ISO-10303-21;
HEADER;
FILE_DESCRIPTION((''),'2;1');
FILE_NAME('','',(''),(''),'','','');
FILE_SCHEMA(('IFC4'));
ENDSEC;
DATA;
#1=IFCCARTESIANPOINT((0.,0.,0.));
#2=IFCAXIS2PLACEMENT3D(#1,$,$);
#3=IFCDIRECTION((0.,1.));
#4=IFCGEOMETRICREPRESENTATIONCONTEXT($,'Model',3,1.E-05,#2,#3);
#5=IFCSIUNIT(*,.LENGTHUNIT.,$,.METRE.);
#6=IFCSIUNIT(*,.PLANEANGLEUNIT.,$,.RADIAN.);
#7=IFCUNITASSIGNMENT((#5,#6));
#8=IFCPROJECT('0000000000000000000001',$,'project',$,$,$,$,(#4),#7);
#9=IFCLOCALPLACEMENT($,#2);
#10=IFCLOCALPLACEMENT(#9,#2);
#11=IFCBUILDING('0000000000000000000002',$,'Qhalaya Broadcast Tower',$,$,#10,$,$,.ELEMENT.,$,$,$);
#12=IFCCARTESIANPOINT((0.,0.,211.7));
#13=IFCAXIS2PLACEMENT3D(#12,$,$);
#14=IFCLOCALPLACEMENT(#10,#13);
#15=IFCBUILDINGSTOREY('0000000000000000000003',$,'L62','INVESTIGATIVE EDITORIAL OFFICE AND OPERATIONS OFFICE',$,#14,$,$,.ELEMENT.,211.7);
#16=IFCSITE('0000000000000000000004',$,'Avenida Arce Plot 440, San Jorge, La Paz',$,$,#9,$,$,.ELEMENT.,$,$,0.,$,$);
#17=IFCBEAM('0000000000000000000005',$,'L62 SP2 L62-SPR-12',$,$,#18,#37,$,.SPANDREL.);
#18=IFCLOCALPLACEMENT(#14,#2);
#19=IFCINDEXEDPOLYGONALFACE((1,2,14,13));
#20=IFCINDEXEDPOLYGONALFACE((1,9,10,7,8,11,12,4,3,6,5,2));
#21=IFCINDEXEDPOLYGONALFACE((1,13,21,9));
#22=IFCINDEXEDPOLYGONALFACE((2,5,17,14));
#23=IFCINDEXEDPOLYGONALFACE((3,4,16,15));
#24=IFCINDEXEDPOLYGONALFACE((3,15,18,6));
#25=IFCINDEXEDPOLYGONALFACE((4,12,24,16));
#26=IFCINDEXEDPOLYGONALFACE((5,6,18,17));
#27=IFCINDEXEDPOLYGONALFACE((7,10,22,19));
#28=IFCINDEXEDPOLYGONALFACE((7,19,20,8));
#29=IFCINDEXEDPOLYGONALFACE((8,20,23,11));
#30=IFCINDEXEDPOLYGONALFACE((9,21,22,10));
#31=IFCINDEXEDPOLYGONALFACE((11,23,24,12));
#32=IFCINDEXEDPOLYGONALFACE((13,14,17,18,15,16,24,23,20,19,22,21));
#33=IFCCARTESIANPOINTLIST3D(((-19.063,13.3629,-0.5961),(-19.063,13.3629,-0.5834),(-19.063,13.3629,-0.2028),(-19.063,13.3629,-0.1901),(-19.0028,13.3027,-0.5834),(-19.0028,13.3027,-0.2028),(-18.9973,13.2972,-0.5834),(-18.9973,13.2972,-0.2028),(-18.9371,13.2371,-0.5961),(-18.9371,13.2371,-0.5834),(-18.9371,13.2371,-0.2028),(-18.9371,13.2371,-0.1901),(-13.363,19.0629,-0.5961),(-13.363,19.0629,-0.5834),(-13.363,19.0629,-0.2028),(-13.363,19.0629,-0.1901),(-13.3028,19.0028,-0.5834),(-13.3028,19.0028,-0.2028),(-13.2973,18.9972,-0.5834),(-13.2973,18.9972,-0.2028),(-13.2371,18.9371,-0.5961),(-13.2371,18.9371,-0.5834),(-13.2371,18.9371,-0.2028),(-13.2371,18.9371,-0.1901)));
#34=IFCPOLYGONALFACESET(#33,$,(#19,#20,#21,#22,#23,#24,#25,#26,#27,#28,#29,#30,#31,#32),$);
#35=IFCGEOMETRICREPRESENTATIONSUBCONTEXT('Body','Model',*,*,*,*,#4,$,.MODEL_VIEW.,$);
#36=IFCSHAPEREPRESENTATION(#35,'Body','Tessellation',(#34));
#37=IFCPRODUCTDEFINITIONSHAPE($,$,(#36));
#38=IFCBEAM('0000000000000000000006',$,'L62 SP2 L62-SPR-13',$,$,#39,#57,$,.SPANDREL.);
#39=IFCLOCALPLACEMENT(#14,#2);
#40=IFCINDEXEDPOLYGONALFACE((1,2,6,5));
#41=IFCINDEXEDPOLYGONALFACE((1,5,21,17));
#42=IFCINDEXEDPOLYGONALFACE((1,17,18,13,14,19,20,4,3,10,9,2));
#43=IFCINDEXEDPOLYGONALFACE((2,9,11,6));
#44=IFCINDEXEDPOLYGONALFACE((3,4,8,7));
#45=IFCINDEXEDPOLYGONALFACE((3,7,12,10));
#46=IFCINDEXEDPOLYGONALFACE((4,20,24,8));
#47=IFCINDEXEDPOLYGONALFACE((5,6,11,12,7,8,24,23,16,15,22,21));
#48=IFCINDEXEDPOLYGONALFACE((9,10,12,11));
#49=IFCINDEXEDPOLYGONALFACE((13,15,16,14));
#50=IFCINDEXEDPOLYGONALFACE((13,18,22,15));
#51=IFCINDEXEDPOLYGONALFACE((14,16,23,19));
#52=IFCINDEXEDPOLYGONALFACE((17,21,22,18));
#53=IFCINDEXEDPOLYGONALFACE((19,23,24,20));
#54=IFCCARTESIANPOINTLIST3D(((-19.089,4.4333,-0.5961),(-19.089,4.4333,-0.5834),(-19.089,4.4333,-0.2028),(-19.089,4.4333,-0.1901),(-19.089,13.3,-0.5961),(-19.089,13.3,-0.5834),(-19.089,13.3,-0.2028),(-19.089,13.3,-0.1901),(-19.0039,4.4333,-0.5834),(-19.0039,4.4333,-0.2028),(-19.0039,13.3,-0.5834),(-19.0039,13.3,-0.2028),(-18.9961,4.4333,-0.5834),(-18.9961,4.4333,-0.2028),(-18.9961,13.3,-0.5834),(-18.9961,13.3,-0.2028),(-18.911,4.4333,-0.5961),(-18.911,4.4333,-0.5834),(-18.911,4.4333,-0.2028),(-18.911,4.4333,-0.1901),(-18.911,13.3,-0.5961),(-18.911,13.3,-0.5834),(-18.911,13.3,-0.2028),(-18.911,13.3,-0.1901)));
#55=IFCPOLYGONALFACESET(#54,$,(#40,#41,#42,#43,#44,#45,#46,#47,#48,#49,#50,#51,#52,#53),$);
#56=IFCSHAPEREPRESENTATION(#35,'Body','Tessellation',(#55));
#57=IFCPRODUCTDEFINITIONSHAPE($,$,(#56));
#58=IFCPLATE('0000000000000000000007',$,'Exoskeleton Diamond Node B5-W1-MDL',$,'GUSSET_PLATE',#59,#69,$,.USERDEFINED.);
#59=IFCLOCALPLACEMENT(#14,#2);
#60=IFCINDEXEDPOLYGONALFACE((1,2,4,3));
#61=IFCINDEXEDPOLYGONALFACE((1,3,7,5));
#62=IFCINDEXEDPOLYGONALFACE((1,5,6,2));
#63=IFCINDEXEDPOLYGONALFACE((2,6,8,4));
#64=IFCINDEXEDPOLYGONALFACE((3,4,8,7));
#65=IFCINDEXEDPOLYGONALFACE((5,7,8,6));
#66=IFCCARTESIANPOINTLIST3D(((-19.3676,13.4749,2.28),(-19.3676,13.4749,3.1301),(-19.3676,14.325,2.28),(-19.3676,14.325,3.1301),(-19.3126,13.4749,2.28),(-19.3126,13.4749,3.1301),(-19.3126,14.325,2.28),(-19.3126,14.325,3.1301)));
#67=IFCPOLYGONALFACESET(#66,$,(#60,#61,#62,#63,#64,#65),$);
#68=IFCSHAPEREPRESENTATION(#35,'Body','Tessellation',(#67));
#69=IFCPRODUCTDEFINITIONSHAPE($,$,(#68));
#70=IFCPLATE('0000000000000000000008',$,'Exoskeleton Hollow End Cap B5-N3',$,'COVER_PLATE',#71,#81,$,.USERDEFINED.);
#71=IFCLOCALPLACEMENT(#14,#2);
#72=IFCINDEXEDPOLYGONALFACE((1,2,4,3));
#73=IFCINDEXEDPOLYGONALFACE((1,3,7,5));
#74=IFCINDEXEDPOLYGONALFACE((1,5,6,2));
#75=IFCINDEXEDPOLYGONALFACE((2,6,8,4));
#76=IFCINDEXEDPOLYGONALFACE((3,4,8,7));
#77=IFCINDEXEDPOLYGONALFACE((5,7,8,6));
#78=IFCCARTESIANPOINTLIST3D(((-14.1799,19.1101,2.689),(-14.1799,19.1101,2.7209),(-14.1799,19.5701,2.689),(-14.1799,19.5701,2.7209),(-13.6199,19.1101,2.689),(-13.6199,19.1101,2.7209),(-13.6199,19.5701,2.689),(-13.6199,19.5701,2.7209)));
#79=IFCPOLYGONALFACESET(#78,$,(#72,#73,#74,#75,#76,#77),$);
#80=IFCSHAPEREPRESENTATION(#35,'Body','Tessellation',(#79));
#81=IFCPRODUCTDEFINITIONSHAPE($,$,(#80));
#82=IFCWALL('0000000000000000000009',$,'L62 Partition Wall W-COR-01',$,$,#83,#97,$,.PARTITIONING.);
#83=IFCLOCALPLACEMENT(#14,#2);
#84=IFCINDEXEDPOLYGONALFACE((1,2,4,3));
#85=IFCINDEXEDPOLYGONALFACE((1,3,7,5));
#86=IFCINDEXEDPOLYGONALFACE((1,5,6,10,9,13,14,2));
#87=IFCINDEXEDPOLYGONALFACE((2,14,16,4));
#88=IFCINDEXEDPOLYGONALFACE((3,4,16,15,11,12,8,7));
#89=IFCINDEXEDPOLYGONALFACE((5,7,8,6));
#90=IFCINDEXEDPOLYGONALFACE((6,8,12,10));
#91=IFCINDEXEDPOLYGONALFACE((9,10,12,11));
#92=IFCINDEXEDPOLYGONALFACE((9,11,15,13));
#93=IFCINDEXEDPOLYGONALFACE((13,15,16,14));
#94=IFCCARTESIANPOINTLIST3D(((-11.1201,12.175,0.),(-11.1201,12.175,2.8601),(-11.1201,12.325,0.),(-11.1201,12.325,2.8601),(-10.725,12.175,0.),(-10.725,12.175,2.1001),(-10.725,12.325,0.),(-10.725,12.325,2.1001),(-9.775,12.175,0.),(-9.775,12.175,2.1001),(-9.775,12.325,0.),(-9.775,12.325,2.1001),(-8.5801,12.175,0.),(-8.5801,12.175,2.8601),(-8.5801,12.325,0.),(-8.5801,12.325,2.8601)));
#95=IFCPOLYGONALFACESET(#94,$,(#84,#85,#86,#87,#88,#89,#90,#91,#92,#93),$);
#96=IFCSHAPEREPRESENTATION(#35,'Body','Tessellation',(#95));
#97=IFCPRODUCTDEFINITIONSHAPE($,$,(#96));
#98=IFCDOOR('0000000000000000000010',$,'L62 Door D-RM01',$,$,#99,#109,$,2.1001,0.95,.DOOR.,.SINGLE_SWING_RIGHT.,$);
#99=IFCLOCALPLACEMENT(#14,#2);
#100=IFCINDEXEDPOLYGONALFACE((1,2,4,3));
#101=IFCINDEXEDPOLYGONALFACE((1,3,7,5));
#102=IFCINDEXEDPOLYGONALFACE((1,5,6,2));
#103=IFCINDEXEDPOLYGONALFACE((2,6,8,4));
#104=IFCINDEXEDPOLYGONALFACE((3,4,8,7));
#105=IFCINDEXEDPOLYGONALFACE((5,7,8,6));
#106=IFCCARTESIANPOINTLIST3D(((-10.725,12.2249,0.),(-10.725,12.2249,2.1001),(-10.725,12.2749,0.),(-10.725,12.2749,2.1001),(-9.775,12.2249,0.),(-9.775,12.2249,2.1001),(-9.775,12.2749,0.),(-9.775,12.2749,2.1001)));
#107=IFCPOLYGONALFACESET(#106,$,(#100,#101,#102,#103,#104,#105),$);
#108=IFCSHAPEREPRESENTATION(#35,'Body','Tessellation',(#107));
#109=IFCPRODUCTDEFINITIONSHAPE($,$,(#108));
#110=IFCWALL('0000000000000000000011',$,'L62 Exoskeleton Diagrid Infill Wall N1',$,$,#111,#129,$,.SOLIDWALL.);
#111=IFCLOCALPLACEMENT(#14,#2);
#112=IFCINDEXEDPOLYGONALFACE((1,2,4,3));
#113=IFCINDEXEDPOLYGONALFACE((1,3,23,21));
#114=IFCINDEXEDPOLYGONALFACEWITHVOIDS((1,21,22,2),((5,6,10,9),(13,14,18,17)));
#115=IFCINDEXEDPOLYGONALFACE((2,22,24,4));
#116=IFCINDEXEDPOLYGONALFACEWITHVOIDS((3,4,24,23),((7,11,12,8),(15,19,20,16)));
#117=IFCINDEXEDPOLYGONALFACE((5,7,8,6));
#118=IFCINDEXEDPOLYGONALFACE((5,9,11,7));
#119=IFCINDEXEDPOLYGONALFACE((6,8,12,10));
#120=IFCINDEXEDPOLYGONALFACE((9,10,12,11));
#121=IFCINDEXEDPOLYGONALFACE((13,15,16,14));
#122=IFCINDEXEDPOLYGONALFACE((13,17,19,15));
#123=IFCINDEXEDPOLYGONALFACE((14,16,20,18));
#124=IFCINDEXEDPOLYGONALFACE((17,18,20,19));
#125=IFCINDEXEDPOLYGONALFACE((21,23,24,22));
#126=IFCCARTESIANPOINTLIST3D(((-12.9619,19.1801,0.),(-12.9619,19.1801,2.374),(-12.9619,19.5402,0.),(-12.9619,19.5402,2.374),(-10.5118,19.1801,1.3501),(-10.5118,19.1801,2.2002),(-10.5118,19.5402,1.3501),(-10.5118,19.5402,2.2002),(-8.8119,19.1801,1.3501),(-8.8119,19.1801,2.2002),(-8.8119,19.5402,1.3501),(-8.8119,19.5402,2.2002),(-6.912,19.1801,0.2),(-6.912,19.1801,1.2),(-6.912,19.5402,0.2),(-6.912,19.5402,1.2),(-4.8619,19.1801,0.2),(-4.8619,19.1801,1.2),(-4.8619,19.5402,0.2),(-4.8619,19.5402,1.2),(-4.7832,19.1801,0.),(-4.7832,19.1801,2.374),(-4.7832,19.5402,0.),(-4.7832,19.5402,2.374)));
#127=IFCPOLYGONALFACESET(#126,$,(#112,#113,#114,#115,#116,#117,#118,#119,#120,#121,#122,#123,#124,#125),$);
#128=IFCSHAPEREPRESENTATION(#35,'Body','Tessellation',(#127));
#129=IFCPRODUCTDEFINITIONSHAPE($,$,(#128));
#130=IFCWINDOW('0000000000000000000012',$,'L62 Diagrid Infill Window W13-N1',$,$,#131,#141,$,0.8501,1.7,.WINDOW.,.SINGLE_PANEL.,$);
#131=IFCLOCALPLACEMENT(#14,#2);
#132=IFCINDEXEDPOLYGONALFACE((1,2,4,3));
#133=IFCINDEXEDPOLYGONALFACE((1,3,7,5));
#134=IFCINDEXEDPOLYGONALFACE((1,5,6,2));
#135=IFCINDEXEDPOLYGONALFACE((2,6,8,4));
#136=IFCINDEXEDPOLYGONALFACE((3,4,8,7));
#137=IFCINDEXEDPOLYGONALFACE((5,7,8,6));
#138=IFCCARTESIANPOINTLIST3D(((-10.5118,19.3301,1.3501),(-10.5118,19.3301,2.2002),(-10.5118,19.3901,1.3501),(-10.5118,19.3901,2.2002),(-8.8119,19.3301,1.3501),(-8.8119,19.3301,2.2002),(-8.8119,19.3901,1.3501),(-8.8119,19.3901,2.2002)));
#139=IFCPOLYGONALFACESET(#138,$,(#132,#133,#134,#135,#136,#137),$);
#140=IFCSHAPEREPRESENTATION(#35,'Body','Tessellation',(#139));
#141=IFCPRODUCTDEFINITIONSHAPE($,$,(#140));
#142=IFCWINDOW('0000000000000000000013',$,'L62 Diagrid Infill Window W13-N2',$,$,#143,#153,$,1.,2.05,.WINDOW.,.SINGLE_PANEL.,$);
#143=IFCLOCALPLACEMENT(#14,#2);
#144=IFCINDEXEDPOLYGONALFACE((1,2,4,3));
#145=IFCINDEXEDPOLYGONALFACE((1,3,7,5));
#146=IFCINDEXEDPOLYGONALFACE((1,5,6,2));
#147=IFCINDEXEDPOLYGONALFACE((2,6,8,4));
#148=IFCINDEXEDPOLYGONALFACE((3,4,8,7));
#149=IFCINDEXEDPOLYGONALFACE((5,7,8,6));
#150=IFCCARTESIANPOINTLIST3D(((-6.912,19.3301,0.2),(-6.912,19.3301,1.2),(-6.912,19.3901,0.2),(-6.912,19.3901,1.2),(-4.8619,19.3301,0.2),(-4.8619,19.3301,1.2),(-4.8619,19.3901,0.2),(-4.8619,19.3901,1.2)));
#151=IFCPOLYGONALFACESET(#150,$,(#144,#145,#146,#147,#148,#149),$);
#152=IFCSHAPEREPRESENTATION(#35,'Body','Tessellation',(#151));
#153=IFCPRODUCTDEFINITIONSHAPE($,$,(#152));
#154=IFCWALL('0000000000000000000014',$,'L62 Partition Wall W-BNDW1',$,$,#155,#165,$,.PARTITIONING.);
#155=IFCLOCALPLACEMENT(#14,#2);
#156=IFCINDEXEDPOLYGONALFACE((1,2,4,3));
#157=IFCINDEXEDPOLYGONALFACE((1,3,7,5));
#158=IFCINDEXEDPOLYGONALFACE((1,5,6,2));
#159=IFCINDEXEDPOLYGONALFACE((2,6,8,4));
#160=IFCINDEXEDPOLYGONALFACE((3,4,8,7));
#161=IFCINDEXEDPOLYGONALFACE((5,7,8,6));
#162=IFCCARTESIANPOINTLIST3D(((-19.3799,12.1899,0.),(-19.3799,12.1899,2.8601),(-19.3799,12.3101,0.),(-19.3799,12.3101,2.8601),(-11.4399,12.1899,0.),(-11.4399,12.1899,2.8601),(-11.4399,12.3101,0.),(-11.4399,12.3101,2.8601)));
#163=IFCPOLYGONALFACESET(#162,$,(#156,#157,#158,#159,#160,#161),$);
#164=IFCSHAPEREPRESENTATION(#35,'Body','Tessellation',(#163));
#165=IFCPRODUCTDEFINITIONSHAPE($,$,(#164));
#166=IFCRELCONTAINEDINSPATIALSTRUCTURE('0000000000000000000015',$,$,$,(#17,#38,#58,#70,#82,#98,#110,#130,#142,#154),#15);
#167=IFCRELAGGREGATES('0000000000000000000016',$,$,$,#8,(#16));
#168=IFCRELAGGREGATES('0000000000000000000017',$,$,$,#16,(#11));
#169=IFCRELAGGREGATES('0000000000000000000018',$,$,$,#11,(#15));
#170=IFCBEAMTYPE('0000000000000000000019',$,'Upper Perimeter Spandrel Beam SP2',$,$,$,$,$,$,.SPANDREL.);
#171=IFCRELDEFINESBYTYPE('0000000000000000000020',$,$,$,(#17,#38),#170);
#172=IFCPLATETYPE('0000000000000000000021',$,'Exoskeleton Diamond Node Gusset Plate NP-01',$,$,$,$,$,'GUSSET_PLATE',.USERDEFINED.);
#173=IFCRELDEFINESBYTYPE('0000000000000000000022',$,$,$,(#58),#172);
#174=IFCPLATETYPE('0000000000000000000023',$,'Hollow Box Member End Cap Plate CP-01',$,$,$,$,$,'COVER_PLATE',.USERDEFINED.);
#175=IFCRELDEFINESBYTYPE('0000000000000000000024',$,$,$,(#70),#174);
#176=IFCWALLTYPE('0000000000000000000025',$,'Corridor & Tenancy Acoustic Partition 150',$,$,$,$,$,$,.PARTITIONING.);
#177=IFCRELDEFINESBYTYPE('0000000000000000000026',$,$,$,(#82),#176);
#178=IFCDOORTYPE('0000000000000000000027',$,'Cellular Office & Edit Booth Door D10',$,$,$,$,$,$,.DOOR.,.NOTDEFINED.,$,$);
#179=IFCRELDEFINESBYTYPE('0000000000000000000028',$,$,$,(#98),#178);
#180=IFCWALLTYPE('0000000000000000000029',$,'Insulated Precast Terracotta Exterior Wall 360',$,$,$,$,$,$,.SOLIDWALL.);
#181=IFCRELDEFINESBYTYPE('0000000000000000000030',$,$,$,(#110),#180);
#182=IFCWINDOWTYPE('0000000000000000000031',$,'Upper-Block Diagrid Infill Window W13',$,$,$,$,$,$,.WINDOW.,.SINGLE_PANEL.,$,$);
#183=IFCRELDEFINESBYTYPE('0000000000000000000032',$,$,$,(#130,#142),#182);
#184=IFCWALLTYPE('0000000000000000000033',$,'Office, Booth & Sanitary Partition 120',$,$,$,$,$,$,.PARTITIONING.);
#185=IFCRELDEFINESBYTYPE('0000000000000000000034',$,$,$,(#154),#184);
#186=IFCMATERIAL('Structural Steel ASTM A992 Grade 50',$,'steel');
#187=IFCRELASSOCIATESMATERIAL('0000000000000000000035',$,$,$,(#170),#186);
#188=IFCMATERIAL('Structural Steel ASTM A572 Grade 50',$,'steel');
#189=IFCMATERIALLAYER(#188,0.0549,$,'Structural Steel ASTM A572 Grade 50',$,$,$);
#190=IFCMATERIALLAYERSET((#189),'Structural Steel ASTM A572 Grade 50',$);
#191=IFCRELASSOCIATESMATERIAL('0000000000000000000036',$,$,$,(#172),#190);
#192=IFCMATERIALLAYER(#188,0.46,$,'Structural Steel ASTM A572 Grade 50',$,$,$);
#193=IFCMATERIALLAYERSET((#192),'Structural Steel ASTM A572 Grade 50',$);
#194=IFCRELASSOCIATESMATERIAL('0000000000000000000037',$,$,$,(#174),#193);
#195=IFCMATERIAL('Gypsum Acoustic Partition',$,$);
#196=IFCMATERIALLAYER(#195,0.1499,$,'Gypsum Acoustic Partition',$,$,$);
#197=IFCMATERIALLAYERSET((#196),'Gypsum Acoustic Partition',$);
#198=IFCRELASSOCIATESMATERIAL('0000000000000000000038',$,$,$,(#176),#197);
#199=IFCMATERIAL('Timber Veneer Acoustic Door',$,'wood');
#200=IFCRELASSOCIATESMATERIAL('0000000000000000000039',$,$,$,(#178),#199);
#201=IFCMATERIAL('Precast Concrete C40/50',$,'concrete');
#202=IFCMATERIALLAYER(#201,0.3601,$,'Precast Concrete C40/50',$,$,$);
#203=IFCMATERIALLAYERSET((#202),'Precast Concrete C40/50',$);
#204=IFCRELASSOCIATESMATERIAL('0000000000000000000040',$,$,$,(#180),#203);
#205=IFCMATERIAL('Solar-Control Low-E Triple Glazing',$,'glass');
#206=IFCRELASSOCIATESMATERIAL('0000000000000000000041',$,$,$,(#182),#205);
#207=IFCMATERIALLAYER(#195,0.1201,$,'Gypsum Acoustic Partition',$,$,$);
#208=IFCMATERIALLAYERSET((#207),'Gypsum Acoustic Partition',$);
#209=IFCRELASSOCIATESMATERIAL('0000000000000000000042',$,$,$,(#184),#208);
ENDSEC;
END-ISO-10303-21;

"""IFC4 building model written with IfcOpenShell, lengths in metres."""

from ifc_helpers import new_model, si_unit, direction, frame, frame_2d, origin, origin_2d, place, context, subcontext, project, spatial, rectangle, i_section, extrude, material, layer, layer_set, material_profile, profile_set, type_object, element, fill, save


model = new_model("IFC4")

# Units and contexts
model_context = context("Model", 3, precision=1e-05, world=origin(), true_north=direction((0.0, 1.0)))
body_context = subcontext(model_context, "Body", "Model", "MODEL_VIEW")
ifc_project = project(units=[si_unit("LENGTHUNIT", "METRE"), si_unit("PLANEANGLEUNIT", "RADIAN")], contexts=[model_context])

# Site, building, storey
site_placement = place(None, origin())
site = spatial("IfcSite", under=ifc_project, at=site_placement, Name="Avenida Arce Plot 440, San Jorge, La Paz", CompositionType="ELEMENT", RefElevation=0.0)
building_placement = place(site_placement, origin())
building = spatial("IfcBuilding", under=site, at=building_placement, Name="Qhalaya Broadcast Tower", CompositionType="ELEMENT")
storey_placement = place(building_placement, frame((0.0, 0.0, 211.7)))
storey = spatial("IfcBuildingStorey", under=building, at=storey_placement, Name="L62", Description="INVESTIGATIVE EDITORIAL OFFICE AND OPERATIONS OFFICE", CompositionType="ELEMENT", Elevation=211.7)

# Shared definitions
ifc_material_1 = material(Name="Structural Steel ASTM A572 Grade 50", Category="steel")

# Shared definitions
ifc_material_2 = material(Name="Structural Steel ASTM A992 Grade 50", Category="steel")

# Beams
ifc_material_profile_1 = material_profile(ifc_material_2, i_section(OverallWidth=0.178, OverallDepth=0.406, WebThickness=0.0078, FlangeThickness=0.0127, at=origin_2d()), Name="W16X40")
ifc_profile_set_1 = profile_set([ifc_material_profile_1], Name="Structural Steel ASTM A992 Grade 50")
beam_type_1 = type_object("IfcBeamType", Name="Upper Perimeter Spandrel Beam SP2", PredefinedType="SPANDREL", material=ifc_profile_set_1)
beam_1_placement = place(storey_placement, frame((-13.3, 19.0, -0.3931), z_axis=(-0.707107, -0.707107, 0.0), x_axis=(0.707107, -0.707107, 0.0)))
element("IfcBeam", 1, at=beam_1_placement, inside=storey, type_object=beam_type_1, Name="L62 SP2 L62-SPR-12", PredefinedType="SPANDREL", context=body_context, shape_type="SweptSolid", body=[
    extrude(i_section(OverallWidth=0.178, OverallDepth=0.406, WebThickness=0.0078, FlangeThickness=0.0127, at=origin_2d()), origin(), (0.0, 0.0, 1.0), 8.061),
])
beam_2_placement = place(storey_placement, frame((-19.0, 13.3, -0.3931), z_axis=(0.0, -1.0, 0.0), x_axis=(1.0, 0.0, 0.0)))
element("IfcBeam", 2, at=beam_2_placement, inside=storey, type_object=beam_type_1, Name="L62 SP2 L62-SPR-13", PredefinedType="SPANDREL", context=body_context, shape_type="SweptSolid", body=[
    extrude(i_section(OverallWidth=0.178, OverallDepth=0.406, WebThickness=0.0078, FlangeThickness=0.0127, at=origin_2d()), origin(), (0.0, 0.0, 1.0), 8.8667),
])

# Plates
ifc_layer_1 = layer(ifc_material_1, 0.0549, Name="Structural Steel ASTM A572 Grade 50")
ifc_layer_set_1 = layer_set([ifc_layer_1], Name="Structural Steel ASTM A572 Grade 50")
plate_type_1 = type_object("IfcPlateType", Name="Exoskeleton Diamond Node Gusset Plate NP-01", ElementType="GUSSET_PLATE", PredefinedType="USERDEFINED", material=ifc_layer_set_1)
plate_1_placement = place(storey_placement, frame((-19.3401, 13.8999, 2.28), z_axis=(0.0, 0.0, 1.0), x_axis=(0.0, 1.0, 0.0)))
element("IfcPlate", 3, at=plate_1_placement, inside=storey, type_object=plate_type_1, Name="Exoskeleton Diamond Node B5-W1-MDL", ObjectType="GUSSET_PLATE", PredefinedType="USERDEFINED", context=body_context, shape_type="SweptSolid", body=[
    extrude(rectangle(XDim=0.8501, YDim=0.0549, at=origin_2d()), origin(), (0.0, 0.0, 1.0), 0.8501),
])
ifc_layer_2 = layer(ifc_material_1, 0.46, Name="Structural Steel ASTM A572 Grade 50")
ifc_layer_set_2 = layer_set([ifc_layer_2], Name="Structural Steel ASTM A572 Grade 50")
plate_type_2 = type_object("IfcPlateType", Name="Hollow Box Member End Cap Plate CP-01", ElementType="COVER_PLATE", PredefinedType="USERDEFINED", material=ifc_layer_set_2)
plate_2_placement = place(storey_placement, frame((-13.8999, 19.3401, 2.689), z_axis=(0.0, 0.0, 1.0), x_axis=(1.0, 0.0, 0.0)))
element("IfcPlate", 4, at=plate_2_placement, inside=storey, type_object=plate_type_2, Name="Exoskeleton Hollow End Cap B5-N3", ObjectType="COVER_PLATE", PredefinedType="USERDEFINED", context=body_context, shape_type="SweptSolid", body=[
    extrude(rectangle(XDim=0.5601, YDim=0.46, at=origin_2d()), origin(), (0.0, 0.0, 1.0), 0.032),
])

# Wall, opening, door
ifc_material_3 = material(Name="Gypsum Acoustic Partition")
ifc_layer_3 = layer(ifc_material_3, 0.1499, Name="Gypsum Acoustic Partition")
ifc_layer_set_3 = layer_set([ifc_layer_3], Name="Gypsum Acoustic Partition")
wall_type_1 = type_object("IfcWallType", Name="Corridor & Tenancy Acoustic Partition 150", PredefinedType="PARTITIONING", material=ifc_layer_set_3)
wall_1_placement = place(storey_placement, frame((-11.1201, 12.25, 0.0), z_axis=(0.0, 0.0, 1.0), x_axis=(1.0, 0.0, 0.0)))
wall_1 = element("IfcWall", 5, at=wall_1_placement, inside=storey, type_object=wall_type_1, Name="L62 Partition Wall W-COR-01", PredefinedType="PARTITIONING", context=body_context, shape_type="SweptSolid", body=[
    extrude(rectangle(XDim=2.54, YDim=0.1499, at=frame_2d((1.27, 0.0))), origin(), (0.0, 0.0, 1.0), 2.8601),
])
opening_1_placement = place(wall_1_placement, frame((0.395, 0.0, 0.0)))
opening_1 = element("IfcOpeningElement", 6, at=opening_1_placement, cuts=wall_1, PredefinedType="OPENING", context=body_context, shape_type="SweptSolid", body=[
    extrude(rectangle(XDim=0.95, YDim=2.1001, at=frame_2d((0.4751, 1.05))), frame((0.0, 0.0869, 0.0), z_axis=(0.0, -1.0, 0.0), x_axis=(1.0, 0.0, 0.0)), (0.0, 0.0, 1.0), 0.1738),
])
ifc_material_4 = material(Name="Timber Veneer Acoustic Door", Category="wood")
door_type = type_object("IfcDoorType", Name="Cellular Office & Edit Booth Door D10", OperationType="NOTDEFINED", PredefinedType="DOOR", material=ifc_material_4)
door_placement = place(opening_1_placement, origin())
door = element("IfcDoor", 7, at=door_placement, inside=storey, type_object=door_type, Name="L62 Door D-RM01", OperationType="SINGLE_SWING_RIGHT", OverallHeight=2.1001, OverallWidth=0.95, PredefinedType="DOOR", context=body_context, shape_type="SweptSolid", body=[
    extrude(rectangle(XDim=0.95, YDim=2.1001, at=frame_2d((0.4751, 1.05))), frame((0.0, 0.0249, 0.0), z_axis=(0.0, -1.0, 0.0), x_axis=(1.0, 0.0, 0.0)), (0.0, 0.0, 1.0), 0.05),
])
fill(opening_1, door)

# Wall, openings, windows
ifc_material_5 = material(Name="Precast Concrete C40/50", Category="concrete")
ifc_layer_4 = layer(ifc_material_5, 0.3601, Name="Precast Concrete C40/50")
ifc_layer_set_4 = layer_set([ifc_layer_4], Name="Precast Concrete C40/50")
wall_type_2 = type_object("IfcWallType", Name="Insulated Precast Terracotta Exterior Wall 360", PredefinedType="SOLIDWALL", material=ifc_layer_set_4)
wall_2_placement = place(storey_placement, frame((-12.9619, 19.3601, 0.0), z_axis=(0.0, 0.0, 1.0), x_axis=(1.0, 0.0, 0.0)))
wall_2 = element("IfcWall", 8, at=wall_2_placement, inside=storey, type_object=wall_type_2, Name="L62 Exoskeleton Diagrid Infill Wall N1", PredefinedType="SOLIDWALL", context=body_context, shape_type="SweptSolid", body=[
    extrude(rectangle(XDim=8.1787, YDim=0.3601, at=frame_2d((4.0894, 0.0))), origin(), (0.0, 0.0, 1.0), 2.374),
])
opening_2_placement = place(wall_2_placement, frame((2.45, 0.0, 1.3501)))
opening_2 = element("IfcOpeningElement", 9, at=opening_2_placement, cuts=wall_2, PredefinedType="OPENING", context=body_context, shape_type="SweptSolid", body=[
    extrude(rectangle(XDim=1.7, YDim=0.8501, at=frame_2d((0.8501, 0.425))), frame((0.0, 0.1921, 0.0), z_axis=(0.0, -1.0, 0.0), x_axis=(1.0, 0.0, 0.0)), (0.0, 0.0, 1.0), 0.384),
])
opening_3_placement = place(wall_2_placement, frame((6.05, 0.0, 0.2)))
opening_3 = element("IfcOpeningElement", 10, at=opening_3_placement, cuts=wall_2, PredefinedType="OPENING", context=body_context, shape_type="SweptSolid", body=[
    extrude(rectangle(XDim=2.05, YDim=1.0, at=frame_2d((1.0249, 0.5))), frame((0.0, 0.1921, 0.0), z_axis=(0.0, -1.0, 0.0), x_axis=(1.0, 0.0, 0.0)), (0.0, 0.0, 1.0), 0.384),
])
ifc_material_6 = material(Name="Solar-Control Low-E Triple Glazing", Category="glass")
window_type = type_object("IfcWindowType", Name="Upper-Block Diagrid Infill Window W13", PartitioningType="SINGLE_PANEL", PredefinedType="WINDOW", material=ifc_material_6)
window_1_placement = place(opening_2_placement, origin())
window_1 = element("IfcWindow", 11, at=window_1_placement, inside=storey, type_object=window_type, Name="L62 Diagrid Infill Window W13-N1", OverallHeight=0.8501, OverallWidth=1.7, PartitioningType="SINGLE_PANEL", PredefinedType="WINDOW", context=body_context, shape_type="SweptSolid", body=[
    extrude(rectangle(XDim=1.7, YDim=0.8501, at=frame_2d((0.8501, 0.425))), frame((0.0, 0.03, 0.0), z_axis=(0.0, -1.0, 0.0), x_axis=(1.0, 0.0, 0.0)), (0.0, 0.0, 1.0), 0.0601),
])
fill(opening_2, window_1)
window_2_placement = place(opening_3_placement, origin())
window_2 = element("IfcWindow", 12, at=window_2_placement, inside=storey, type_object=window_type, Name="L62 Diagrid Infill Window W13-N2", OverallHeight=1.0, OverallWidth=2.05, PartitioningType="SINGLE_PANEL", PredefinedType="WINDOW", context=body_context, shape_type="SweptSolid", body=[
    extrude(rectangle(XDim=2.05, YDim=1.0, at=frame_2d((1.0249, 0.5))), frame((0.0, 0.03, 0.0), z_axis=(0.0, -1.0, 0.0), x_axis=(1.0, 0.0, 0.0)), (0.0, 0.0, 1.0), 0.0601),
])
fill(opening_3, window_2)

# Wall
ifc_layer_5 = layer(ifc_material_3, 0.1201, Name="Gypsum Acoustic Partition")
ifc_layer_set_5 = layer_set([ifc_layer_5], Name="Gypsum Acoustic Partition")
wall_type_3 = type_object("IfcWallType", Name="Office, Booth & Sanitary Partition 120", PredefinedType="PARTITIONING", material=ifc_layer_set_5)
wall_3_placement = place(storey_placement, frame((-19.3799, 12.25, 0.0), z_axis=(0.0, 0.0, 1.0), x_axis=(1.0, 0.0, 0.0)))
element("IfcWall", 13, at=wall_3_placement, inside=storey, type_object=wall_type_3, Name="L62 Partition Wall W-BNDW1", PredefinedType="PARTITIONING", context=body_context, shape_type="SweptSolid", body=[
    extrude(rectangle(XDim=7.9399, YDim=0.1201, at=frame_2d((3.97, 0.0))), origin(), (0.0, 0.0, 1.0), 2.8601),
])

save(model, "model.ifc")
